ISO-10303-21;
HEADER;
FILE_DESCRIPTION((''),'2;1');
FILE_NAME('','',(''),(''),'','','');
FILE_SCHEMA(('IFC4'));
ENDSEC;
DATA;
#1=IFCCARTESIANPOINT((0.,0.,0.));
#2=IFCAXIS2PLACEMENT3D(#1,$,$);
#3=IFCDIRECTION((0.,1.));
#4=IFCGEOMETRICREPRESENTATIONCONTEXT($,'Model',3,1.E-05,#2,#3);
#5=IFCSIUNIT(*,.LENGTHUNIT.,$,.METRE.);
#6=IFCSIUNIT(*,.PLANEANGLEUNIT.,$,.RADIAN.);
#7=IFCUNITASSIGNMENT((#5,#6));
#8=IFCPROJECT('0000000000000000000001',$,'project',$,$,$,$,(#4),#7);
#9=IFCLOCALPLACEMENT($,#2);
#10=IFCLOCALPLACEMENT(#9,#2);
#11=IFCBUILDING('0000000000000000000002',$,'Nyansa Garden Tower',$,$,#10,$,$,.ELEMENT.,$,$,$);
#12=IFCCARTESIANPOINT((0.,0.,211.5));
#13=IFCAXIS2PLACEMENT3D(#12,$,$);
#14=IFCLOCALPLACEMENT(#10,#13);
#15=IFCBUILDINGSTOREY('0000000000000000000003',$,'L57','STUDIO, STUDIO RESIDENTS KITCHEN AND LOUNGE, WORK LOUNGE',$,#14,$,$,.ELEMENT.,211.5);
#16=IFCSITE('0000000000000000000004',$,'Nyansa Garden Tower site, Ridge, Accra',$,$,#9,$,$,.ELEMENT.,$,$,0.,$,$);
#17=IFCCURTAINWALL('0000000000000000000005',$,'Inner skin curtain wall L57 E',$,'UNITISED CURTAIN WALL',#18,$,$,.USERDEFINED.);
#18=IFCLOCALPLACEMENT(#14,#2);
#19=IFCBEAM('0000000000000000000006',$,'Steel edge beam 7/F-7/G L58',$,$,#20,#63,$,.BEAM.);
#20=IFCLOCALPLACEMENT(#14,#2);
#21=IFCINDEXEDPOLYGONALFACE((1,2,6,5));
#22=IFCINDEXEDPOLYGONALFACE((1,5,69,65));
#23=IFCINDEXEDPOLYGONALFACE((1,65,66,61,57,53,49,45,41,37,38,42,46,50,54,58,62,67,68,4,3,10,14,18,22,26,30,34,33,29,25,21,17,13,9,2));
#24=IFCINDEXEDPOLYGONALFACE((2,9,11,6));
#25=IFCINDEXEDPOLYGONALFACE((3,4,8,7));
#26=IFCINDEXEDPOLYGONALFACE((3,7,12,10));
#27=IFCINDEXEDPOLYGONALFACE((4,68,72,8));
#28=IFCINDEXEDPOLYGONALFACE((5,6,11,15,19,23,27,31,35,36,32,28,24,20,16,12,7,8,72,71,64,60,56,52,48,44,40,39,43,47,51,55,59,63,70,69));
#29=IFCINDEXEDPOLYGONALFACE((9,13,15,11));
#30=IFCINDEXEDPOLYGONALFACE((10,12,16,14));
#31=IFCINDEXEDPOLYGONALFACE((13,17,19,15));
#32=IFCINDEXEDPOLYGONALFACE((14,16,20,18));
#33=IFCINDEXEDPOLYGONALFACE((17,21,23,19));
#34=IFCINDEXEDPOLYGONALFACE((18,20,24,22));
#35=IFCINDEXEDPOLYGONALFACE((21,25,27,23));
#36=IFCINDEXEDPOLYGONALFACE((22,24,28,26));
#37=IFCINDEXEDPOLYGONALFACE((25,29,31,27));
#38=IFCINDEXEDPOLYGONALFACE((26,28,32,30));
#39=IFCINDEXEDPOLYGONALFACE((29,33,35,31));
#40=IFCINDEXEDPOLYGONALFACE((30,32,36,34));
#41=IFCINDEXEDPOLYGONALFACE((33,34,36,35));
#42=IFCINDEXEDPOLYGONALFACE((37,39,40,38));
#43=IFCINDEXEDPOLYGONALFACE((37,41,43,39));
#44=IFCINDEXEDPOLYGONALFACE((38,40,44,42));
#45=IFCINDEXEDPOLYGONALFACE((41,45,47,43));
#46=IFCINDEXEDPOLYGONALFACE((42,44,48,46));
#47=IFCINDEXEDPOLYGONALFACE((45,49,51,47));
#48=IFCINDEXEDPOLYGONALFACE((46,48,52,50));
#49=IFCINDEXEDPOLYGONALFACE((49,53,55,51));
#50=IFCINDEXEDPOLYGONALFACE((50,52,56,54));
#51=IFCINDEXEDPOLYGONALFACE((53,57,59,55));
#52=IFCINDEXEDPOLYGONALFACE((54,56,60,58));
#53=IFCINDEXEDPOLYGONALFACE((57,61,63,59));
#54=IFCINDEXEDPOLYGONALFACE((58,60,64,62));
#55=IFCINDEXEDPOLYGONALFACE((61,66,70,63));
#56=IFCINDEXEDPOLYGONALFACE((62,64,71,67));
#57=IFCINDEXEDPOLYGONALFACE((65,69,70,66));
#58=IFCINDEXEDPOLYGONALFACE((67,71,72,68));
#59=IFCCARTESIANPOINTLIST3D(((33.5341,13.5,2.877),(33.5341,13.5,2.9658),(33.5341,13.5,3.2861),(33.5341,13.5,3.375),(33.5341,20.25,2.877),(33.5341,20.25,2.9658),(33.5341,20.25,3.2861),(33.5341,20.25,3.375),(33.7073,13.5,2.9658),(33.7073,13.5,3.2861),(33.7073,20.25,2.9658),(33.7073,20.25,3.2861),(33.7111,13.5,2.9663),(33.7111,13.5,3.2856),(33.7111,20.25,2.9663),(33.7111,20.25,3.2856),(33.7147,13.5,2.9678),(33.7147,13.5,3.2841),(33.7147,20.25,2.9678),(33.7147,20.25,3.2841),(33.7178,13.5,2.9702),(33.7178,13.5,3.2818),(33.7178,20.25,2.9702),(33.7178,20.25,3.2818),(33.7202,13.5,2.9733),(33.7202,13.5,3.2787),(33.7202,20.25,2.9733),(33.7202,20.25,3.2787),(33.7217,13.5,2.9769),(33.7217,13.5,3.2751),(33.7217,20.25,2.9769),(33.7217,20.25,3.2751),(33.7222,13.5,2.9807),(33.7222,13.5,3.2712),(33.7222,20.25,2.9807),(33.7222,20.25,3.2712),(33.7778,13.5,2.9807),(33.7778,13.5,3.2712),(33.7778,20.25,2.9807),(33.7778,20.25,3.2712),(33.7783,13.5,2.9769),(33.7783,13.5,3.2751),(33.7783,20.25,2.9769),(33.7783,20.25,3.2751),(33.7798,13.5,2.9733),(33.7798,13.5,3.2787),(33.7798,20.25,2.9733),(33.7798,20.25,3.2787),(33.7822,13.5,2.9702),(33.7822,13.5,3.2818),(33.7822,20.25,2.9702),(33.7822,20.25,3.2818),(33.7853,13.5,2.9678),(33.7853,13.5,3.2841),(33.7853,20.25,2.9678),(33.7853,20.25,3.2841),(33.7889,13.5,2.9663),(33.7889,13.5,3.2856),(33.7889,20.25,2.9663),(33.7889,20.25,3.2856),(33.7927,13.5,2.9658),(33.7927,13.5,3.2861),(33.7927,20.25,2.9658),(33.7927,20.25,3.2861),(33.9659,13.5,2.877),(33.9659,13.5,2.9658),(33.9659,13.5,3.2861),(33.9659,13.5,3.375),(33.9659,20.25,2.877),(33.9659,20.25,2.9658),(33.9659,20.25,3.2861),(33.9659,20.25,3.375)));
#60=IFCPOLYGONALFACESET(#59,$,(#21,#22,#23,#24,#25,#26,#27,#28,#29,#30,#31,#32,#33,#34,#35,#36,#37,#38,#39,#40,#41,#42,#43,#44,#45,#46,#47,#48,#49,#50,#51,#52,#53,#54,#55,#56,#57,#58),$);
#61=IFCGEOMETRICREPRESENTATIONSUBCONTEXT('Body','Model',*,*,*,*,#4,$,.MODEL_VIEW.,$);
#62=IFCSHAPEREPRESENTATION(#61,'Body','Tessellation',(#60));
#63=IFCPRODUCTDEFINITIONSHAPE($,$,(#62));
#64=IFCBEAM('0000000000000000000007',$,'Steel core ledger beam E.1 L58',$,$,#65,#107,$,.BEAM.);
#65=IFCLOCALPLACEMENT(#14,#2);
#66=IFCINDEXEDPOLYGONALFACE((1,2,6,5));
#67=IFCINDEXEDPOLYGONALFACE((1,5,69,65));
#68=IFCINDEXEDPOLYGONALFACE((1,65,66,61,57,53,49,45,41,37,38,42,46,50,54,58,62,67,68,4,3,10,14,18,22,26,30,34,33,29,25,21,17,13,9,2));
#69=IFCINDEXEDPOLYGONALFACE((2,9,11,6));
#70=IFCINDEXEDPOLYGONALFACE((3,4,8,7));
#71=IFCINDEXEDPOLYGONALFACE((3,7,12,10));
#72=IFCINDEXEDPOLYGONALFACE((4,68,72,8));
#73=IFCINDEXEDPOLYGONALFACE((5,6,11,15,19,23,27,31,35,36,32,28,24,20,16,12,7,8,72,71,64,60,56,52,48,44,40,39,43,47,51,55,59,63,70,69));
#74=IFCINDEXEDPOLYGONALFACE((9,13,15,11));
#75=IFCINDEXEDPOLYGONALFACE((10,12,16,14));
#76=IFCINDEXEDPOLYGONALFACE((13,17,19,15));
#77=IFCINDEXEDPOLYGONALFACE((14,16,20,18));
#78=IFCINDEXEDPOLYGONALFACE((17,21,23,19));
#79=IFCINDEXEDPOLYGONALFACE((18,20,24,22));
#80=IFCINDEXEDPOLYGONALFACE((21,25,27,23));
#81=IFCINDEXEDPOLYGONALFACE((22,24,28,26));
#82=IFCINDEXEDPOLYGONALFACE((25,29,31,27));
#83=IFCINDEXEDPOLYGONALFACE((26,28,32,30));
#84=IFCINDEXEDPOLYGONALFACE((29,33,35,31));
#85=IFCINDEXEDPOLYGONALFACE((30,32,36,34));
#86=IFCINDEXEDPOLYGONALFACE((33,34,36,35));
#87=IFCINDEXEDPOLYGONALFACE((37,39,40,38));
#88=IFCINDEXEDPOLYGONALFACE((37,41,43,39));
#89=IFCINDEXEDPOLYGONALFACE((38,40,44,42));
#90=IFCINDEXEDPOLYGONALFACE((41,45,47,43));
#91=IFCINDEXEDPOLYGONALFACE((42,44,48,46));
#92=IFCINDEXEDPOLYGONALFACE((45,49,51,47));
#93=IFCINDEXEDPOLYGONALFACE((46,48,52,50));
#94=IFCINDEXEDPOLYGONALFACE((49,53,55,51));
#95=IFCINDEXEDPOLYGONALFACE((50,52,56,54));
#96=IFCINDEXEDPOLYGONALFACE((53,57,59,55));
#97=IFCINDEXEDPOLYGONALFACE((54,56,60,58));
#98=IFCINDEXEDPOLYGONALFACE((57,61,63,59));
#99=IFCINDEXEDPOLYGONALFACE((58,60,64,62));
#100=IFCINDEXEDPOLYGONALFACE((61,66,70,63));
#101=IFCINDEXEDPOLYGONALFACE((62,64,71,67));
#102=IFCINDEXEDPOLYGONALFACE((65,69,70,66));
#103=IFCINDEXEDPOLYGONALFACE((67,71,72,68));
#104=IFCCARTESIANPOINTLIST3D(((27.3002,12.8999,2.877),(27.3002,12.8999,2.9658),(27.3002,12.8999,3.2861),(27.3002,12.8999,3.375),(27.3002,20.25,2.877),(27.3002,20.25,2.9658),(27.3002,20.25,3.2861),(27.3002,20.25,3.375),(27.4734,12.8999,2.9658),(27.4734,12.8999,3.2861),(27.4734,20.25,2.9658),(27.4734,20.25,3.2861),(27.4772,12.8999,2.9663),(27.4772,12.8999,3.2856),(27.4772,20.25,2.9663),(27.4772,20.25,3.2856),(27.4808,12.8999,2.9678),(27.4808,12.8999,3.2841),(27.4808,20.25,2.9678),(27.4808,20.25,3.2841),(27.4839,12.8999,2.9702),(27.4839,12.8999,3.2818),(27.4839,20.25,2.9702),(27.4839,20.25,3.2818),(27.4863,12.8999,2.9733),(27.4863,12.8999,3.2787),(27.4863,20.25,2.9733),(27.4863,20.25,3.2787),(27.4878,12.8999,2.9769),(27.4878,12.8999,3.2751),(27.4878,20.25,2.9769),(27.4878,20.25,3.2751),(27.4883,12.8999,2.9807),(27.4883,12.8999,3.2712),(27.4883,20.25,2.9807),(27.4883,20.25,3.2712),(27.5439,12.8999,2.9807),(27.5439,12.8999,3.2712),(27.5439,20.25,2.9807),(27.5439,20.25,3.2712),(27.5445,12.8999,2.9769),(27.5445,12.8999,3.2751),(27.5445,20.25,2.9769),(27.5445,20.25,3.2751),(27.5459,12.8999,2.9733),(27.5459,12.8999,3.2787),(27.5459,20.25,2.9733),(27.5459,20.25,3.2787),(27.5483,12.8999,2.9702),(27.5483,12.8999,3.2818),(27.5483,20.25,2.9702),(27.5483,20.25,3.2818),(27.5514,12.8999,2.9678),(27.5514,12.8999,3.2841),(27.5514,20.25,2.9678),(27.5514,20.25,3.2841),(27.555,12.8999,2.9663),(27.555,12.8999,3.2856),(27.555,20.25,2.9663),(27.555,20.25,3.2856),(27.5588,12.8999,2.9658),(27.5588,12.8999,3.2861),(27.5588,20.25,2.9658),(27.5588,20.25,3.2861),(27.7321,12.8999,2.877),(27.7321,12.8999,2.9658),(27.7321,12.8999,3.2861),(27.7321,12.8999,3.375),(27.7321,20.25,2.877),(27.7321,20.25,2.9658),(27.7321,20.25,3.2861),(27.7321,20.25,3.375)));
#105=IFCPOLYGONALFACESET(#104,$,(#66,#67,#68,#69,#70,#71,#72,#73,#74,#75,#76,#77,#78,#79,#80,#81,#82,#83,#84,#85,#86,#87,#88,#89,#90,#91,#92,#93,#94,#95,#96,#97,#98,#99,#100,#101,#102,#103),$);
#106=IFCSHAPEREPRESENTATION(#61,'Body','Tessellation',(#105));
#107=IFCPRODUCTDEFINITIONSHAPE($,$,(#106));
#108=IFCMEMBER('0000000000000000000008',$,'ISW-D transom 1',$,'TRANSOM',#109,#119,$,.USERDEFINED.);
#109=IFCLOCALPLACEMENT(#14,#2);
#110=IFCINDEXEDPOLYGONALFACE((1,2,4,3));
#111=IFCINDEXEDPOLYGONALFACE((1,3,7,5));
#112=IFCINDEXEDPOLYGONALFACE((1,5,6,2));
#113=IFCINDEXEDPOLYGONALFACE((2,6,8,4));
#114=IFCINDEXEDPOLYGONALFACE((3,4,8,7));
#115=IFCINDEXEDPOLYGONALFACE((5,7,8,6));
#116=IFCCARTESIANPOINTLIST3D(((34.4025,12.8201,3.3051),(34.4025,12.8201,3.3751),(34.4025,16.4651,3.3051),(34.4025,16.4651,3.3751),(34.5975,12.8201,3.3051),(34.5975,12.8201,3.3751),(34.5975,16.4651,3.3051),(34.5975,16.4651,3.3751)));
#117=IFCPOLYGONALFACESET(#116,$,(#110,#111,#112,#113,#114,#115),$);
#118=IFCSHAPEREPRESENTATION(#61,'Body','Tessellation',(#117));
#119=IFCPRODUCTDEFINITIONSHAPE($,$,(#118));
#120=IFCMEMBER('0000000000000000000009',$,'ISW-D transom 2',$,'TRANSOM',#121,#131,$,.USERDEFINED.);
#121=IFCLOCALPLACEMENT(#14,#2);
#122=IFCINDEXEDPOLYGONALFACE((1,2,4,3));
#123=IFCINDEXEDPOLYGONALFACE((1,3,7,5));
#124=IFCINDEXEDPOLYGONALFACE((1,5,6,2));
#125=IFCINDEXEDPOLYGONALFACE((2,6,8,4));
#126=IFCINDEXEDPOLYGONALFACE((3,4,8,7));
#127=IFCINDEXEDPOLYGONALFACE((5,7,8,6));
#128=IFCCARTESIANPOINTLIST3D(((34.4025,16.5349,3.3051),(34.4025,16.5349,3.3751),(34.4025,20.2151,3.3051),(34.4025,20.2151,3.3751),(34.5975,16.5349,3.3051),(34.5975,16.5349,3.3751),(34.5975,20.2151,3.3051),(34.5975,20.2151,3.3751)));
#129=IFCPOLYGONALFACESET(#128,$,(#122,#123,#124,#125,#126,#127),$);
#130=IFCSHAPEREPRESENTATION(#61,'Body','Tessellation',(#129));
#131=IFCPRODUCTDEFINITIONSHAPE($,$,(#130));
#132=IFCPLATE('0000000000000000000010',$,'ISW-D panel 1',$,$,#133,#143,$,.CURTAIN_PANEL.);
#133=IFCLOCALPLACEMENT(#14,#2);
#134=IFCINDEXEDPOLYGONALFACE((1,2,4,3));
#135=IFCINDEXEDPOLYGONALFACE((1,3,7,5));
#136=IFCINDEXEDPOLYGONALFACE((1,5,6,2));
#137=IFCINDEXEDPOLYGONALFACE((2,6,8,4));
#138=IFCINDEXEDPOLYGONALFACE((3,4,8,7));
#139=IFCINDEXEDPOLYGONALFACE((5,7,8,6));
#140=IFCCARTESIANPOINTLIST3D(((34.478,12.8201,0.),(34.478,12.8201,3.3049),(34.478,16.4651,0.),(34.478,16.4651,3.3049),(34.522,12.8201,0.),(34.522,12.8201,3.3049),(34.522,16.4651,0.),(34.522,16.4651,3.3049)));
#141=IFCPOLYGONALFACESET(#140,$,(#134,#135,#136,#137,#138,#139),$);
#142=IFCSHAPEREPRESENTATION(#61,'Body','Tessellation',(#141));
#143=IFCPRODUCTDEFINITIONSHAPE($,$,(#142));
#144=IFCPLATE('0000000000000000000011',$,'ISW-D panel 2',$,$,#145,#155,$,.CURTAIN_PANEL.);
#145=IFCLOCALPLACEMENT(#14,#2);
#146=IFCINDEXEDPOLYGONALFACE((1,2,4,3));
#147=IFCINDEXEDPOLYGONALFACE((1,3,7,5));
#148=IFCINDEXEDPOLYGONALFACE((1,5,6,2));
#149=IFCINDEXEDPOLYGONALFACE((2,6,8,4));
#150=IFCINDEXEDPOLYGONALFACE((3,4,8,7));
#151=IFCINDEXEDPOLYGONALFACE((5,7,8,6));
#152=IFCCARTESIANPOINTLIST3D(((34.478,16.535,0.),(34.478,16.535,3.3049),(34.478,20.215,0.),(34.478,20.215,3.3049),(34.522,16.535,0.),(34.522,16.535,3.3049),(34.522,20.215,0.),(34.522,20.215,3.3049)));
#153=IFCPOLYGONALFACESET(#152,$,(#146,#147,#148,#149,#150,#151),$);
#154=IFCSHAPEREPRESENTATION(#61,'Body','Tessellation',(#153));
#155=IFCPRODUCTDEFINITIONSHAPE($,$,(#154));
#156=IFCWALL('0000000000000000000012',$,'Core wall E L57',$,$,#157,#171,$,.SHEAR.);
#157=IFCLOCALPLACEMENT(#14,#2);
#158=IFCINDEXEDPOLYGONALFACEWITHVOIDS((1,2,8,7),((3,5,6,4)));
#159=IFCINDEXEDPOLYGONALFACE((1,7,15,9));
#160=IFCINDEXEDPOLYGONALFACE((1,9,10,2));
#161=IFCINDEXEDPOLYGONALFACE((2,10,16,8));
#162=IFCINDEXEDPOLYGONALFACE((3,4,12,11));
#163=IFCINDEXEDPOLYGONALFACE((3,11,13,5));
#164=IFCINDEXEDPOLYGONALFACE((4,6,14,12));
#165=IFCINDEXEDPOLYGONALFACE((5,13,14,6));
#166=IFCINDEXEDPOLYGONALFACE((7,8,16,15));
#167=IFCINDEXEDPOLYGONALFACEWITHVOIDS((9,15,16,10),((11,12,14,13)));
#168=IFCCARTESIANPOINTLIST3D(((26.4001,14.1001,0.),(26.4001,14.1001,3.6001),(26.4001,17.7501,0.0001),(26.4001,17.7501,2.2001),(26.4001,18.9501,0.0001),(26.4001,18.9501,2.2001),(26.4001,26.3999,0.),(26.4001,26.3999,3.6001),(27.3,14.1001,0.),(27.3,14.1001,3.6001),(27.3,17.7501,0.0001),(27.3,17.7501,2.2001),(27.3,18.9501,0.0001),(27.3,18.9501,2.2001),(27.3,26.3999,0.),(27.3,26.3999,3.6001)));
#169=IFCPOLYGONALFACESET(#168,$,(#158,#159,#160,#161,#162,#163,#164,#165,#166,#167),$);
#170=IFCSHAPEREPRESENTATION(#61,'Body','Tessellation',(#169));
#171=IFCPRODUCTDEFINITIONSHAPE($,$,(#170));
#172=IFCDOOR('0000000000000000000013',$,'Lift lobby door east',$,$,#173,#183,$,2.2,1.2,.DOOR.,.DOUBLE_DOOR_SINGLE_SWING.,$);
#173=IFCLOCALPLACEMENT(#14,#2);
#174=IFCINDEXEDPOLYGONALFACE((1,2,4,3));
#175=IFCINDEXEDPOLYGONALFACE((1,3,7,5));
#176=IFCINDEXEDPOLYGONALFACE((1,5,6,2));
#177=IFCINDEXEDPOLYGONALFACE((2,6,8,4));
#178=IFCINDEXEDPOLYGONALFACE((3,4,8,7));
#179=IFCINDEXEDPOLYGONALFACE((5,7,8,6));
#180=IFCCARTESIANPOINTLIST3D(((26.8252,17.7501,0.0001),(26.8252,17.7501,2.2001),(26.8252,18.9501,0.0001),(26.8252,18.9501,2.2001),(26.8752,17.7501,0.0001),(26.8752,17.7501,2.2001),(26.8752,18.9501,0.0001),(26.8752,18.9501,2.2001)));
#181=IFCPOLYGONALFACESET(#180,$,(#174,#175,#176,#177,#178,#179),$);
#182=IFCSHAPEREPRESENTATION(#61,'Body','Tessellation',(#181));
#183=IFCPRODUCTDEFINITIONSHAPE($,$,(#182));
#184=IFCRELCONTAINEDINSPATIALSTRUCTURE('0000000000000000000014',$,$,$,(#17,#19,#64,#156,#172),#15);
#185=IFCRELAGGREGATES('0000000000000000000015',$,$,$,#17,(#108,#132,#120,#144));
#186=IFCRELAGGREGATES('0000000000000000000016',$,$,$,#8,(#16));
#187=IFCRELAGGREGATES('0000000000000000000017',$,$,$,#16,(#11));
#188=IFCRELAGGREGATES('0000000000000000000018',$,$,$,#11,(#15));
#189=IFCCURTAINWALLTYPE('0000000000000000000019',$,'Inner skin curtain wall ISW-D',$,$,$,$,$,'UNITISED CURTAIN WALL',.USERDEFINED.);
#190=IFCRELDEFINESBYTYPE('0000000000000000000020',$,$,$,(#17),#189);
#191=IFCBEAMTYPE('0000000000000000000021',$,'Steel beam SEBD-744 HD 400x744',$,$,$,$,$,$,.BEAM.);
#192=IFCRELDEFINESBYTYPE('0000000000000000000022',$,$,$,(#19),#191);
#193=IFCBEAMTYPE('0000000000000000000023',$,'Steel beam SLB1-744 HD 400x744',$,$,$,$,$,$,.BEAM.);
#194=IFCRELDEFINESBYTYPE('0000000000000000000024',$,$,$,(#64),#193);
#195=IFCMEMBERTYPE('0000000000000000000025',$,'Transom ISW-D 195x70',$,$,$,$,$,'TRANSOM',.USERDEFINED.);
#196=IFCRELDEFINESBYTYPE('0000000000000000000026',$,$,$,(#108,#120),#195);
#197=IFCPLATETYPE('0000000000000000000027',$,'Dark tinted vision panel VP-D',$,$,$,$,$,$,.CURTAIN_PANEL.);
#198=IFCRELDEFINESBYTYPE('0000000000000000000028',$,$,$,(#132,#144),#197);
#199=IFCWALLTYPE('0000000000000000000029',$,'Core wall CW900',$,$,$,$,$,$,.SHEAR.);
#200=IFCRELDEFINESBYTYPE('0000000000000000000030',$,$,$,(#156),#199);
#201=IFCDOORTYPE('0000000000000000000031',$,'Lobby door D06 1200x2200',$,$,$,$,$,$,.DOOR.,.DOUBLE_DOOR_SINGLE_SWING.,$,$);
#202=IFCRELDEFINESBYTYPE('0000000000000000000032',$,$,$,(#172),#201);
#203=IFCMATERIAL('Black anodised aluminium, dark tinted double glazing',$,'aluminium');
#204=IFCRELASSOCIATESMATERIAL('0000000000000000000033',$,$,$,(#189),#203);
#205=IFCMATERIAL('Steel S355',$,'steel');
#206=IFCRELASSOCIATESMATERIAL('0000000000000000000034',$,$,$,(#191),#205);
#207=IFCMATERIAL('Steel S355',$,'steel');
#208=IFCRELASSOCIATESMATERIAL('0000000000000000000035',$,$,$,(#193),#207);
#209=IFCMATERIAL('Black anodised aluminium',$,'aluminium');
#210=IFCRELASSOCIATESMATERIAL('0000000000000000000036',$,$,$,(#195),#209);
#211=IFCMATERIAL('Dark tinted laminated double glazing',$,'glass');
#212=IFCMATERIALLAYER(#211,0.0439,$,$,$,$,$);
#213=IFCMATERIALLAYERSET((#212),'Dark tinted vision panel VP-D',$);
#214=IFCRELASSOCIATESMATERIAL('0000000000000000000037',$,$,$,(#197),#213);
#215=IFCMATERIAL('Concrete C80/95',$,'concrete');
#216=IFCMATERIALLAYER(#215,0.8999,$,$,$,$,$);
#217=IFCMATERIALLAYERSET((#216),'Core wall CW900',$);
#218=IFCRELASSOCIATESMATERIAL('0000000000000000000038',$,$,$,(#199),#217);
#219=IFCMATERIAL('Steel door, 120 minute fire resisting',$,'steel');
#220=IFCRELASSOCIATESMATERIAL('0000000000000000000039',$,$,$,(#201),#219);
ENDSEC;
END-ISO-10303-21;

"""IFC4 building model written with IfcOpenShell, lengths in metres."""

from ifc_helpers import new_model, si_unit, direction, frame, frame_2d, origin, origin_2d, place, context, subcontext, project, spatial, rectangle, i_section, extrude, material, layer, layer_set, material_profile, profile_set, type_object, element, fill, aggregate, save


model = new_model("IFC4")

# Units and contexts
model_context = context("Model", 3, precision=1e-05, world=origin(), true_north=direction((0.0, 1.0)))
body_context = subcontext(model_context, "Body", "Model", "MODEL_VIEW")
ifc_project = project(units=[si_unit("LENGTHUNIT", "METRE"), si_unit("PLANEANGLEUNIT", "RADIAN")], contexts=[model_context])

# Site, building, storey
site_placement = place(None, origin())
site = spatial("IfcSite", under=ifc_project, at=site_placement, Name="Nyansa Garden Tower site, Ridge, Accra", CompositionType="ELEMENT", RefElevation=0.0)
building_placement = place(site_placement, origin())
building = spatial("IfcBuilding", under=site, at=building_placement, Name="Nyansa Garden Tower", CompositionType="ELEMENT")
storey_placement = place(building_placement, frame((0.0, 0.0, 211.5)))
storey = spatial("IfcBuildingStorey", under=building, at=storey_placement, Name="L57", Description="STUDIO, STUDIO RESIDENTS KITCHEN AND LOUNGE, WORK LOUNGE", CompositionType="ELEMENT", Elevation=211.5)

# Curtain wall
ifc_material_1 = material(Name="Black anodised aluminium, dark tinted double glazing", Category="aluminium")
curtain_wall_type = type_object("IfcCurtainWallType", Name="Inner skin curtain wall ISW-D", ElementType="UNITISED CURTAIN WALL", PredefinedType="USERDEFINED", material=ifc_material_1)
curtain_wall_placement = place(storey_placement, origin())
curtain_wall = element("IfcCurtainWall", 1, at=curtain_wall_placement, inside=storey, type_object=curtain_wall_type, Name="Inner skin curtain wall L57 E", ObjectType="UNITISED CURTAIN WALL", PredefinedType="USERDEFINED")

# Beams
ifc_material_2 = material(Name="Steel S355", Category="steel")
ifc_material_profile_1 = material_profile(ifc_material_2, i_section(OverallWidth=0.4319, OverallDepth=0.498, WebThickness=0.0557, FlangeThickness=0.0889, FilletRadius=0.0149, at=origin_2d()), Name="HD 400x744")
ifc_profile_set_1 = profile_set([ifc_material_profile_1], Name="Steel S355")
beam_type_1 = type_object("IfcBeamType", Name="Steel beam SEBD-744 HD 400x744", PredefinedType="BEAM", material=ifc_profile_set_1)
beam_1_placement = place(storey_placement, frame((33.75, 13.5, 3.126), z_axis=(0.0, 1.0, 0.0), x_axis=(-1.0, 0.0, 0.0)))
element("IfcBeam", 2, at=beam_1_placement, inside=storey, type_object=beam_type_1, Name="Steel edge beam 7/F-7/G L58", PredefinedType="BEAM", context=body_context, shape_type="SweptSolid", body=[
    extrude(i_section(OverallWidth=0.4319, OverallDepth=0.498, WebThickness=0.0557, FlangeThickness=0.0889, FilletRadius=0.0149, at=origin_2d()), origin(), (0.0, 0.0, 1.0), 6.75),
])
ifc_material_3 = material(Name="Steel S355", Category="steel")
ifc_material_profile_2 = material_profile(ifc_material_3, i_section(OverallWidth=0.4319, OverallDepth=0.498, WebThickness=0.0557, FlangeThickness=0.0889, FilletRadius=0.0149, at=origin_2d()), Name="HD 400x744")
ifc_profile_set_2 = profile_set([ifc_material_profile_2], Name="Steel S355")
beam_type_2 = type_object("IfcBeamType", Name="Steel beam SLB1-744 HD 400x744", PredefinedType="BEAM", material=ifc_profile_set_2)
beam_2_placement = place(storey_placement, frame((27.5161, 12.8999, 3.126), z_axis=(0.0, 1.0, 0.0), x_axis=(-1.0, 0.0, 0.0)))
element("IfcBeam", 3, at=beam_2_placement, inside=storey, type_object=beam_type_2, Name="Steel core ledger beam E.1 L58", PredefinedType="BEAM", context=body_context, shape_type="SweptSolid", body=[
    extrude(i_section(OverallWidth=0.4319, OverallDepth=0.498, WebThickness=0.0557, FlangeThickness=0.0889, FilletRadius=0.0149, at=origin_2d()), origin(), (0.0, 0.0, 1.0), 7.3501),
])

# Members
ifc_material_4 = material(Name="Black anodised aluminium", Category="aluminium")
ifc_material_profile_3 = material_profile(ifc_material_4, rectangle(XDim=0.1951, YDim=0.0701, at=origin_2d()), Name="Transom 195x70")
ifc_profile_set_3 = profile_set([ifc_material_profile_3], Name="Black anodised aluminium")
member_type_1 = type_object("IfcMemberType", Name="Transom ISW-D 195x70", ElementType="TRANSOM", PredefinedType="USERDEFINED", material=ifc_profile_set_3)
member_1_placement = place(storey_placement, frame((34.5, 12.8201, 3.3401), z_axis=(0.0, 1.0, 0.0), x_axis=(-1.0, 0.0, 0.0)))
member_1 = element("IfcMember", 4, at=member_1_placement, type_object=member_type_1, Name="ISW-D transom 1", ObjectType="TRANSOM", PredefinedType="USERDEFINED", context=body_context, shape_type="SweptSolid", body=[
    extrude(rectangle(XDim=0.1951, YDim=0.0701, at=origin_2d()), origin(), (0.0, 0.0, 1.0), 3.645),
])
member_2_placement = place(storey_placement, frame((34.5, 16.5349, 3.3401), z_axis=(0.0, 1.0, 0.0), x_axis=(-1.0, 0.0, 0.0)))
member_2 = element("IfcMember", 5, at=member_2_placement, type_object=member_type_1, Name="ISW-D transom 2", ObjectType="TRANSOM", PredefinedType="USERDEFINED", context=body_context, shape_type="SweptSolid", body=[
    extrude(rectangle(XDim=0.1951, YDim=0.0701, at=origin_2d()), origin(), (0.0, 0.0, 1.0), 3.6802),
])

# Plates
ifc_material_5 = material(Name="Dark tinted laminated double glazing", Category="glass")
ifc_layer_1 = layer(ifc_material_5, 0.0439)
ifc_layer_set_1 = layer_set([ifc_layer_1], Name="Dark tinted vision panel VP-D")
plate_type = type_object("IfcPlateType", Name="Dark tinted vision panel VP-D", PredefinedType="CURTAIN_PANEL", material=ifc_layer_set_1)
plate_1_placement = place(storey_placement, frame((34.5, 14.6426, 0.0), z_axis=(0.0, 0.0, 1.0), x_axis=(0.0, 1.0, 0.0)))
plate_1 = element("IfcPlate", 6, at=plate_1_placement, type_object=plate_type, Name="ISW-D panel 1", PredefinedType="CURTAIN_PANEL", context=body_context, shape_type="SweptSolid", body=[
    extrude(rectangle(XDim=3.645, YDim=0.0439, at=origin_2d()), origin(), (0.0, 0.0, 1.0), 3.3049),
])
plate_2_placement = place(storey_placement, frame((34.5, 18.375, 0.0), z_axis=(0.0, 0.0, 1.0), x_axis=(0.0, 1.0, 0.0)))
plate_2 = element("IfcPlate", 7, at=plate_2_placement, type_object=plate_type, Name="ISW-D panel 2", PredefinedType="CURTAIN_PANEL", context=body_context, shape_type="SweptSolid", body=[
    extrude(rectangle(XDim=3.6799, YDim=0.0439, at=origin_2d()), origin(), (0.0, 0.0, 1.0), 3.3049),
])
aggregate(curtain_wall, [member_1, plate_1, member_2, plate_2])

# Wall, opening, door
ifc_material_6 = material(Name="Concrete C80/95", Category="concrete")
ifc_layer_2 = layer(ifc_material_6, 0.8999)
ifc_layer_set_2 = layer_set([ifc_layer_2], Name="Core wall CW900")
wall_type_1 = type_object("IfcWallType", Name="Core wall CW900", PredefinedType="SHEAR", material=ifc_layer_set_2)
wall_1_placement = place(storey_placement, frame((26.8501, 14.1001, 0.0), z_axis=(0.0, 0.0, 1.0), x_axis=(0.0, 1.0, 0.0)))
wall_1 = element("IfcWall", 8, at=wall_1_placement, inside=storey, type_object=wall_type_1, Name="Core wall E L57", PredefinedType="SHEAR", context=body_context, shape_type="SweptSolid", body=[
    extrude(rectangle(XDim=12.2998, YDim=0.8999, at=frame_2d((6.1499, 0.0))), origin(), (0.0, 0.0, 1.0), 3.6001),
])
opening_1_placement = place(wall_1_placement, frame((3.6499, 0.0, 0.0)))
opening_1 = element("IfcOpeningElement", 9, at=opening_1_placement, cuts=wall_1, PredefinedType="OPENING", context=body_context, shape_type="SweptSolid", body=[
    extrude(rectangle(XDim=1.2, YDim=2.2, at=frame_2d((0.6001, 1.1001))), frame((0.0, 0.46, 0.0), z_axis=(0.0, -1.0, 0.0), x_axis=(1.0, 0.0, 0.0)), (0.0, 0.0, 1.0), 0.9199),
])
ifc_material_7 = material(Name="Steel door, 120 minute fire resisting", Category="steel")
door_type_1 = type_object("IfcDoorType", Name="Lobby door D06 1200x2200", OperationType="DOUBLE_DOOR_SINGLE_SWING", PredefinedType="DOOR", material=ifc_material_7)
door_1_placement = place(opening_1_placement, origin())
door_1 = element("IfcDoor", 10, at=door_1_placement, inside=storey, type_object=door_type_1, Name="Lift lobby door east", OperationType="DOUBLE_DOOR_SINGLE_SWING", OverallHeight=2.2, OverallWidth=1.2, PredefinedType="DOOR", context=body_context, shape_type="SweptSolid", body=[
    extrude(rectangle(XDim=1.2, YDim=2.2, at=frame_2d((0.6001, 1.1001))), frame((0.0, 0.0249, 0.0), z_axis=(0.0, -1.0, 0.0), x_axis=(1.0, 0.0, 0.0)), (0.0, 0.0, 1.0), 0.05),
])
fill(opening_1, door_1)

save(model, "model.ifc")
